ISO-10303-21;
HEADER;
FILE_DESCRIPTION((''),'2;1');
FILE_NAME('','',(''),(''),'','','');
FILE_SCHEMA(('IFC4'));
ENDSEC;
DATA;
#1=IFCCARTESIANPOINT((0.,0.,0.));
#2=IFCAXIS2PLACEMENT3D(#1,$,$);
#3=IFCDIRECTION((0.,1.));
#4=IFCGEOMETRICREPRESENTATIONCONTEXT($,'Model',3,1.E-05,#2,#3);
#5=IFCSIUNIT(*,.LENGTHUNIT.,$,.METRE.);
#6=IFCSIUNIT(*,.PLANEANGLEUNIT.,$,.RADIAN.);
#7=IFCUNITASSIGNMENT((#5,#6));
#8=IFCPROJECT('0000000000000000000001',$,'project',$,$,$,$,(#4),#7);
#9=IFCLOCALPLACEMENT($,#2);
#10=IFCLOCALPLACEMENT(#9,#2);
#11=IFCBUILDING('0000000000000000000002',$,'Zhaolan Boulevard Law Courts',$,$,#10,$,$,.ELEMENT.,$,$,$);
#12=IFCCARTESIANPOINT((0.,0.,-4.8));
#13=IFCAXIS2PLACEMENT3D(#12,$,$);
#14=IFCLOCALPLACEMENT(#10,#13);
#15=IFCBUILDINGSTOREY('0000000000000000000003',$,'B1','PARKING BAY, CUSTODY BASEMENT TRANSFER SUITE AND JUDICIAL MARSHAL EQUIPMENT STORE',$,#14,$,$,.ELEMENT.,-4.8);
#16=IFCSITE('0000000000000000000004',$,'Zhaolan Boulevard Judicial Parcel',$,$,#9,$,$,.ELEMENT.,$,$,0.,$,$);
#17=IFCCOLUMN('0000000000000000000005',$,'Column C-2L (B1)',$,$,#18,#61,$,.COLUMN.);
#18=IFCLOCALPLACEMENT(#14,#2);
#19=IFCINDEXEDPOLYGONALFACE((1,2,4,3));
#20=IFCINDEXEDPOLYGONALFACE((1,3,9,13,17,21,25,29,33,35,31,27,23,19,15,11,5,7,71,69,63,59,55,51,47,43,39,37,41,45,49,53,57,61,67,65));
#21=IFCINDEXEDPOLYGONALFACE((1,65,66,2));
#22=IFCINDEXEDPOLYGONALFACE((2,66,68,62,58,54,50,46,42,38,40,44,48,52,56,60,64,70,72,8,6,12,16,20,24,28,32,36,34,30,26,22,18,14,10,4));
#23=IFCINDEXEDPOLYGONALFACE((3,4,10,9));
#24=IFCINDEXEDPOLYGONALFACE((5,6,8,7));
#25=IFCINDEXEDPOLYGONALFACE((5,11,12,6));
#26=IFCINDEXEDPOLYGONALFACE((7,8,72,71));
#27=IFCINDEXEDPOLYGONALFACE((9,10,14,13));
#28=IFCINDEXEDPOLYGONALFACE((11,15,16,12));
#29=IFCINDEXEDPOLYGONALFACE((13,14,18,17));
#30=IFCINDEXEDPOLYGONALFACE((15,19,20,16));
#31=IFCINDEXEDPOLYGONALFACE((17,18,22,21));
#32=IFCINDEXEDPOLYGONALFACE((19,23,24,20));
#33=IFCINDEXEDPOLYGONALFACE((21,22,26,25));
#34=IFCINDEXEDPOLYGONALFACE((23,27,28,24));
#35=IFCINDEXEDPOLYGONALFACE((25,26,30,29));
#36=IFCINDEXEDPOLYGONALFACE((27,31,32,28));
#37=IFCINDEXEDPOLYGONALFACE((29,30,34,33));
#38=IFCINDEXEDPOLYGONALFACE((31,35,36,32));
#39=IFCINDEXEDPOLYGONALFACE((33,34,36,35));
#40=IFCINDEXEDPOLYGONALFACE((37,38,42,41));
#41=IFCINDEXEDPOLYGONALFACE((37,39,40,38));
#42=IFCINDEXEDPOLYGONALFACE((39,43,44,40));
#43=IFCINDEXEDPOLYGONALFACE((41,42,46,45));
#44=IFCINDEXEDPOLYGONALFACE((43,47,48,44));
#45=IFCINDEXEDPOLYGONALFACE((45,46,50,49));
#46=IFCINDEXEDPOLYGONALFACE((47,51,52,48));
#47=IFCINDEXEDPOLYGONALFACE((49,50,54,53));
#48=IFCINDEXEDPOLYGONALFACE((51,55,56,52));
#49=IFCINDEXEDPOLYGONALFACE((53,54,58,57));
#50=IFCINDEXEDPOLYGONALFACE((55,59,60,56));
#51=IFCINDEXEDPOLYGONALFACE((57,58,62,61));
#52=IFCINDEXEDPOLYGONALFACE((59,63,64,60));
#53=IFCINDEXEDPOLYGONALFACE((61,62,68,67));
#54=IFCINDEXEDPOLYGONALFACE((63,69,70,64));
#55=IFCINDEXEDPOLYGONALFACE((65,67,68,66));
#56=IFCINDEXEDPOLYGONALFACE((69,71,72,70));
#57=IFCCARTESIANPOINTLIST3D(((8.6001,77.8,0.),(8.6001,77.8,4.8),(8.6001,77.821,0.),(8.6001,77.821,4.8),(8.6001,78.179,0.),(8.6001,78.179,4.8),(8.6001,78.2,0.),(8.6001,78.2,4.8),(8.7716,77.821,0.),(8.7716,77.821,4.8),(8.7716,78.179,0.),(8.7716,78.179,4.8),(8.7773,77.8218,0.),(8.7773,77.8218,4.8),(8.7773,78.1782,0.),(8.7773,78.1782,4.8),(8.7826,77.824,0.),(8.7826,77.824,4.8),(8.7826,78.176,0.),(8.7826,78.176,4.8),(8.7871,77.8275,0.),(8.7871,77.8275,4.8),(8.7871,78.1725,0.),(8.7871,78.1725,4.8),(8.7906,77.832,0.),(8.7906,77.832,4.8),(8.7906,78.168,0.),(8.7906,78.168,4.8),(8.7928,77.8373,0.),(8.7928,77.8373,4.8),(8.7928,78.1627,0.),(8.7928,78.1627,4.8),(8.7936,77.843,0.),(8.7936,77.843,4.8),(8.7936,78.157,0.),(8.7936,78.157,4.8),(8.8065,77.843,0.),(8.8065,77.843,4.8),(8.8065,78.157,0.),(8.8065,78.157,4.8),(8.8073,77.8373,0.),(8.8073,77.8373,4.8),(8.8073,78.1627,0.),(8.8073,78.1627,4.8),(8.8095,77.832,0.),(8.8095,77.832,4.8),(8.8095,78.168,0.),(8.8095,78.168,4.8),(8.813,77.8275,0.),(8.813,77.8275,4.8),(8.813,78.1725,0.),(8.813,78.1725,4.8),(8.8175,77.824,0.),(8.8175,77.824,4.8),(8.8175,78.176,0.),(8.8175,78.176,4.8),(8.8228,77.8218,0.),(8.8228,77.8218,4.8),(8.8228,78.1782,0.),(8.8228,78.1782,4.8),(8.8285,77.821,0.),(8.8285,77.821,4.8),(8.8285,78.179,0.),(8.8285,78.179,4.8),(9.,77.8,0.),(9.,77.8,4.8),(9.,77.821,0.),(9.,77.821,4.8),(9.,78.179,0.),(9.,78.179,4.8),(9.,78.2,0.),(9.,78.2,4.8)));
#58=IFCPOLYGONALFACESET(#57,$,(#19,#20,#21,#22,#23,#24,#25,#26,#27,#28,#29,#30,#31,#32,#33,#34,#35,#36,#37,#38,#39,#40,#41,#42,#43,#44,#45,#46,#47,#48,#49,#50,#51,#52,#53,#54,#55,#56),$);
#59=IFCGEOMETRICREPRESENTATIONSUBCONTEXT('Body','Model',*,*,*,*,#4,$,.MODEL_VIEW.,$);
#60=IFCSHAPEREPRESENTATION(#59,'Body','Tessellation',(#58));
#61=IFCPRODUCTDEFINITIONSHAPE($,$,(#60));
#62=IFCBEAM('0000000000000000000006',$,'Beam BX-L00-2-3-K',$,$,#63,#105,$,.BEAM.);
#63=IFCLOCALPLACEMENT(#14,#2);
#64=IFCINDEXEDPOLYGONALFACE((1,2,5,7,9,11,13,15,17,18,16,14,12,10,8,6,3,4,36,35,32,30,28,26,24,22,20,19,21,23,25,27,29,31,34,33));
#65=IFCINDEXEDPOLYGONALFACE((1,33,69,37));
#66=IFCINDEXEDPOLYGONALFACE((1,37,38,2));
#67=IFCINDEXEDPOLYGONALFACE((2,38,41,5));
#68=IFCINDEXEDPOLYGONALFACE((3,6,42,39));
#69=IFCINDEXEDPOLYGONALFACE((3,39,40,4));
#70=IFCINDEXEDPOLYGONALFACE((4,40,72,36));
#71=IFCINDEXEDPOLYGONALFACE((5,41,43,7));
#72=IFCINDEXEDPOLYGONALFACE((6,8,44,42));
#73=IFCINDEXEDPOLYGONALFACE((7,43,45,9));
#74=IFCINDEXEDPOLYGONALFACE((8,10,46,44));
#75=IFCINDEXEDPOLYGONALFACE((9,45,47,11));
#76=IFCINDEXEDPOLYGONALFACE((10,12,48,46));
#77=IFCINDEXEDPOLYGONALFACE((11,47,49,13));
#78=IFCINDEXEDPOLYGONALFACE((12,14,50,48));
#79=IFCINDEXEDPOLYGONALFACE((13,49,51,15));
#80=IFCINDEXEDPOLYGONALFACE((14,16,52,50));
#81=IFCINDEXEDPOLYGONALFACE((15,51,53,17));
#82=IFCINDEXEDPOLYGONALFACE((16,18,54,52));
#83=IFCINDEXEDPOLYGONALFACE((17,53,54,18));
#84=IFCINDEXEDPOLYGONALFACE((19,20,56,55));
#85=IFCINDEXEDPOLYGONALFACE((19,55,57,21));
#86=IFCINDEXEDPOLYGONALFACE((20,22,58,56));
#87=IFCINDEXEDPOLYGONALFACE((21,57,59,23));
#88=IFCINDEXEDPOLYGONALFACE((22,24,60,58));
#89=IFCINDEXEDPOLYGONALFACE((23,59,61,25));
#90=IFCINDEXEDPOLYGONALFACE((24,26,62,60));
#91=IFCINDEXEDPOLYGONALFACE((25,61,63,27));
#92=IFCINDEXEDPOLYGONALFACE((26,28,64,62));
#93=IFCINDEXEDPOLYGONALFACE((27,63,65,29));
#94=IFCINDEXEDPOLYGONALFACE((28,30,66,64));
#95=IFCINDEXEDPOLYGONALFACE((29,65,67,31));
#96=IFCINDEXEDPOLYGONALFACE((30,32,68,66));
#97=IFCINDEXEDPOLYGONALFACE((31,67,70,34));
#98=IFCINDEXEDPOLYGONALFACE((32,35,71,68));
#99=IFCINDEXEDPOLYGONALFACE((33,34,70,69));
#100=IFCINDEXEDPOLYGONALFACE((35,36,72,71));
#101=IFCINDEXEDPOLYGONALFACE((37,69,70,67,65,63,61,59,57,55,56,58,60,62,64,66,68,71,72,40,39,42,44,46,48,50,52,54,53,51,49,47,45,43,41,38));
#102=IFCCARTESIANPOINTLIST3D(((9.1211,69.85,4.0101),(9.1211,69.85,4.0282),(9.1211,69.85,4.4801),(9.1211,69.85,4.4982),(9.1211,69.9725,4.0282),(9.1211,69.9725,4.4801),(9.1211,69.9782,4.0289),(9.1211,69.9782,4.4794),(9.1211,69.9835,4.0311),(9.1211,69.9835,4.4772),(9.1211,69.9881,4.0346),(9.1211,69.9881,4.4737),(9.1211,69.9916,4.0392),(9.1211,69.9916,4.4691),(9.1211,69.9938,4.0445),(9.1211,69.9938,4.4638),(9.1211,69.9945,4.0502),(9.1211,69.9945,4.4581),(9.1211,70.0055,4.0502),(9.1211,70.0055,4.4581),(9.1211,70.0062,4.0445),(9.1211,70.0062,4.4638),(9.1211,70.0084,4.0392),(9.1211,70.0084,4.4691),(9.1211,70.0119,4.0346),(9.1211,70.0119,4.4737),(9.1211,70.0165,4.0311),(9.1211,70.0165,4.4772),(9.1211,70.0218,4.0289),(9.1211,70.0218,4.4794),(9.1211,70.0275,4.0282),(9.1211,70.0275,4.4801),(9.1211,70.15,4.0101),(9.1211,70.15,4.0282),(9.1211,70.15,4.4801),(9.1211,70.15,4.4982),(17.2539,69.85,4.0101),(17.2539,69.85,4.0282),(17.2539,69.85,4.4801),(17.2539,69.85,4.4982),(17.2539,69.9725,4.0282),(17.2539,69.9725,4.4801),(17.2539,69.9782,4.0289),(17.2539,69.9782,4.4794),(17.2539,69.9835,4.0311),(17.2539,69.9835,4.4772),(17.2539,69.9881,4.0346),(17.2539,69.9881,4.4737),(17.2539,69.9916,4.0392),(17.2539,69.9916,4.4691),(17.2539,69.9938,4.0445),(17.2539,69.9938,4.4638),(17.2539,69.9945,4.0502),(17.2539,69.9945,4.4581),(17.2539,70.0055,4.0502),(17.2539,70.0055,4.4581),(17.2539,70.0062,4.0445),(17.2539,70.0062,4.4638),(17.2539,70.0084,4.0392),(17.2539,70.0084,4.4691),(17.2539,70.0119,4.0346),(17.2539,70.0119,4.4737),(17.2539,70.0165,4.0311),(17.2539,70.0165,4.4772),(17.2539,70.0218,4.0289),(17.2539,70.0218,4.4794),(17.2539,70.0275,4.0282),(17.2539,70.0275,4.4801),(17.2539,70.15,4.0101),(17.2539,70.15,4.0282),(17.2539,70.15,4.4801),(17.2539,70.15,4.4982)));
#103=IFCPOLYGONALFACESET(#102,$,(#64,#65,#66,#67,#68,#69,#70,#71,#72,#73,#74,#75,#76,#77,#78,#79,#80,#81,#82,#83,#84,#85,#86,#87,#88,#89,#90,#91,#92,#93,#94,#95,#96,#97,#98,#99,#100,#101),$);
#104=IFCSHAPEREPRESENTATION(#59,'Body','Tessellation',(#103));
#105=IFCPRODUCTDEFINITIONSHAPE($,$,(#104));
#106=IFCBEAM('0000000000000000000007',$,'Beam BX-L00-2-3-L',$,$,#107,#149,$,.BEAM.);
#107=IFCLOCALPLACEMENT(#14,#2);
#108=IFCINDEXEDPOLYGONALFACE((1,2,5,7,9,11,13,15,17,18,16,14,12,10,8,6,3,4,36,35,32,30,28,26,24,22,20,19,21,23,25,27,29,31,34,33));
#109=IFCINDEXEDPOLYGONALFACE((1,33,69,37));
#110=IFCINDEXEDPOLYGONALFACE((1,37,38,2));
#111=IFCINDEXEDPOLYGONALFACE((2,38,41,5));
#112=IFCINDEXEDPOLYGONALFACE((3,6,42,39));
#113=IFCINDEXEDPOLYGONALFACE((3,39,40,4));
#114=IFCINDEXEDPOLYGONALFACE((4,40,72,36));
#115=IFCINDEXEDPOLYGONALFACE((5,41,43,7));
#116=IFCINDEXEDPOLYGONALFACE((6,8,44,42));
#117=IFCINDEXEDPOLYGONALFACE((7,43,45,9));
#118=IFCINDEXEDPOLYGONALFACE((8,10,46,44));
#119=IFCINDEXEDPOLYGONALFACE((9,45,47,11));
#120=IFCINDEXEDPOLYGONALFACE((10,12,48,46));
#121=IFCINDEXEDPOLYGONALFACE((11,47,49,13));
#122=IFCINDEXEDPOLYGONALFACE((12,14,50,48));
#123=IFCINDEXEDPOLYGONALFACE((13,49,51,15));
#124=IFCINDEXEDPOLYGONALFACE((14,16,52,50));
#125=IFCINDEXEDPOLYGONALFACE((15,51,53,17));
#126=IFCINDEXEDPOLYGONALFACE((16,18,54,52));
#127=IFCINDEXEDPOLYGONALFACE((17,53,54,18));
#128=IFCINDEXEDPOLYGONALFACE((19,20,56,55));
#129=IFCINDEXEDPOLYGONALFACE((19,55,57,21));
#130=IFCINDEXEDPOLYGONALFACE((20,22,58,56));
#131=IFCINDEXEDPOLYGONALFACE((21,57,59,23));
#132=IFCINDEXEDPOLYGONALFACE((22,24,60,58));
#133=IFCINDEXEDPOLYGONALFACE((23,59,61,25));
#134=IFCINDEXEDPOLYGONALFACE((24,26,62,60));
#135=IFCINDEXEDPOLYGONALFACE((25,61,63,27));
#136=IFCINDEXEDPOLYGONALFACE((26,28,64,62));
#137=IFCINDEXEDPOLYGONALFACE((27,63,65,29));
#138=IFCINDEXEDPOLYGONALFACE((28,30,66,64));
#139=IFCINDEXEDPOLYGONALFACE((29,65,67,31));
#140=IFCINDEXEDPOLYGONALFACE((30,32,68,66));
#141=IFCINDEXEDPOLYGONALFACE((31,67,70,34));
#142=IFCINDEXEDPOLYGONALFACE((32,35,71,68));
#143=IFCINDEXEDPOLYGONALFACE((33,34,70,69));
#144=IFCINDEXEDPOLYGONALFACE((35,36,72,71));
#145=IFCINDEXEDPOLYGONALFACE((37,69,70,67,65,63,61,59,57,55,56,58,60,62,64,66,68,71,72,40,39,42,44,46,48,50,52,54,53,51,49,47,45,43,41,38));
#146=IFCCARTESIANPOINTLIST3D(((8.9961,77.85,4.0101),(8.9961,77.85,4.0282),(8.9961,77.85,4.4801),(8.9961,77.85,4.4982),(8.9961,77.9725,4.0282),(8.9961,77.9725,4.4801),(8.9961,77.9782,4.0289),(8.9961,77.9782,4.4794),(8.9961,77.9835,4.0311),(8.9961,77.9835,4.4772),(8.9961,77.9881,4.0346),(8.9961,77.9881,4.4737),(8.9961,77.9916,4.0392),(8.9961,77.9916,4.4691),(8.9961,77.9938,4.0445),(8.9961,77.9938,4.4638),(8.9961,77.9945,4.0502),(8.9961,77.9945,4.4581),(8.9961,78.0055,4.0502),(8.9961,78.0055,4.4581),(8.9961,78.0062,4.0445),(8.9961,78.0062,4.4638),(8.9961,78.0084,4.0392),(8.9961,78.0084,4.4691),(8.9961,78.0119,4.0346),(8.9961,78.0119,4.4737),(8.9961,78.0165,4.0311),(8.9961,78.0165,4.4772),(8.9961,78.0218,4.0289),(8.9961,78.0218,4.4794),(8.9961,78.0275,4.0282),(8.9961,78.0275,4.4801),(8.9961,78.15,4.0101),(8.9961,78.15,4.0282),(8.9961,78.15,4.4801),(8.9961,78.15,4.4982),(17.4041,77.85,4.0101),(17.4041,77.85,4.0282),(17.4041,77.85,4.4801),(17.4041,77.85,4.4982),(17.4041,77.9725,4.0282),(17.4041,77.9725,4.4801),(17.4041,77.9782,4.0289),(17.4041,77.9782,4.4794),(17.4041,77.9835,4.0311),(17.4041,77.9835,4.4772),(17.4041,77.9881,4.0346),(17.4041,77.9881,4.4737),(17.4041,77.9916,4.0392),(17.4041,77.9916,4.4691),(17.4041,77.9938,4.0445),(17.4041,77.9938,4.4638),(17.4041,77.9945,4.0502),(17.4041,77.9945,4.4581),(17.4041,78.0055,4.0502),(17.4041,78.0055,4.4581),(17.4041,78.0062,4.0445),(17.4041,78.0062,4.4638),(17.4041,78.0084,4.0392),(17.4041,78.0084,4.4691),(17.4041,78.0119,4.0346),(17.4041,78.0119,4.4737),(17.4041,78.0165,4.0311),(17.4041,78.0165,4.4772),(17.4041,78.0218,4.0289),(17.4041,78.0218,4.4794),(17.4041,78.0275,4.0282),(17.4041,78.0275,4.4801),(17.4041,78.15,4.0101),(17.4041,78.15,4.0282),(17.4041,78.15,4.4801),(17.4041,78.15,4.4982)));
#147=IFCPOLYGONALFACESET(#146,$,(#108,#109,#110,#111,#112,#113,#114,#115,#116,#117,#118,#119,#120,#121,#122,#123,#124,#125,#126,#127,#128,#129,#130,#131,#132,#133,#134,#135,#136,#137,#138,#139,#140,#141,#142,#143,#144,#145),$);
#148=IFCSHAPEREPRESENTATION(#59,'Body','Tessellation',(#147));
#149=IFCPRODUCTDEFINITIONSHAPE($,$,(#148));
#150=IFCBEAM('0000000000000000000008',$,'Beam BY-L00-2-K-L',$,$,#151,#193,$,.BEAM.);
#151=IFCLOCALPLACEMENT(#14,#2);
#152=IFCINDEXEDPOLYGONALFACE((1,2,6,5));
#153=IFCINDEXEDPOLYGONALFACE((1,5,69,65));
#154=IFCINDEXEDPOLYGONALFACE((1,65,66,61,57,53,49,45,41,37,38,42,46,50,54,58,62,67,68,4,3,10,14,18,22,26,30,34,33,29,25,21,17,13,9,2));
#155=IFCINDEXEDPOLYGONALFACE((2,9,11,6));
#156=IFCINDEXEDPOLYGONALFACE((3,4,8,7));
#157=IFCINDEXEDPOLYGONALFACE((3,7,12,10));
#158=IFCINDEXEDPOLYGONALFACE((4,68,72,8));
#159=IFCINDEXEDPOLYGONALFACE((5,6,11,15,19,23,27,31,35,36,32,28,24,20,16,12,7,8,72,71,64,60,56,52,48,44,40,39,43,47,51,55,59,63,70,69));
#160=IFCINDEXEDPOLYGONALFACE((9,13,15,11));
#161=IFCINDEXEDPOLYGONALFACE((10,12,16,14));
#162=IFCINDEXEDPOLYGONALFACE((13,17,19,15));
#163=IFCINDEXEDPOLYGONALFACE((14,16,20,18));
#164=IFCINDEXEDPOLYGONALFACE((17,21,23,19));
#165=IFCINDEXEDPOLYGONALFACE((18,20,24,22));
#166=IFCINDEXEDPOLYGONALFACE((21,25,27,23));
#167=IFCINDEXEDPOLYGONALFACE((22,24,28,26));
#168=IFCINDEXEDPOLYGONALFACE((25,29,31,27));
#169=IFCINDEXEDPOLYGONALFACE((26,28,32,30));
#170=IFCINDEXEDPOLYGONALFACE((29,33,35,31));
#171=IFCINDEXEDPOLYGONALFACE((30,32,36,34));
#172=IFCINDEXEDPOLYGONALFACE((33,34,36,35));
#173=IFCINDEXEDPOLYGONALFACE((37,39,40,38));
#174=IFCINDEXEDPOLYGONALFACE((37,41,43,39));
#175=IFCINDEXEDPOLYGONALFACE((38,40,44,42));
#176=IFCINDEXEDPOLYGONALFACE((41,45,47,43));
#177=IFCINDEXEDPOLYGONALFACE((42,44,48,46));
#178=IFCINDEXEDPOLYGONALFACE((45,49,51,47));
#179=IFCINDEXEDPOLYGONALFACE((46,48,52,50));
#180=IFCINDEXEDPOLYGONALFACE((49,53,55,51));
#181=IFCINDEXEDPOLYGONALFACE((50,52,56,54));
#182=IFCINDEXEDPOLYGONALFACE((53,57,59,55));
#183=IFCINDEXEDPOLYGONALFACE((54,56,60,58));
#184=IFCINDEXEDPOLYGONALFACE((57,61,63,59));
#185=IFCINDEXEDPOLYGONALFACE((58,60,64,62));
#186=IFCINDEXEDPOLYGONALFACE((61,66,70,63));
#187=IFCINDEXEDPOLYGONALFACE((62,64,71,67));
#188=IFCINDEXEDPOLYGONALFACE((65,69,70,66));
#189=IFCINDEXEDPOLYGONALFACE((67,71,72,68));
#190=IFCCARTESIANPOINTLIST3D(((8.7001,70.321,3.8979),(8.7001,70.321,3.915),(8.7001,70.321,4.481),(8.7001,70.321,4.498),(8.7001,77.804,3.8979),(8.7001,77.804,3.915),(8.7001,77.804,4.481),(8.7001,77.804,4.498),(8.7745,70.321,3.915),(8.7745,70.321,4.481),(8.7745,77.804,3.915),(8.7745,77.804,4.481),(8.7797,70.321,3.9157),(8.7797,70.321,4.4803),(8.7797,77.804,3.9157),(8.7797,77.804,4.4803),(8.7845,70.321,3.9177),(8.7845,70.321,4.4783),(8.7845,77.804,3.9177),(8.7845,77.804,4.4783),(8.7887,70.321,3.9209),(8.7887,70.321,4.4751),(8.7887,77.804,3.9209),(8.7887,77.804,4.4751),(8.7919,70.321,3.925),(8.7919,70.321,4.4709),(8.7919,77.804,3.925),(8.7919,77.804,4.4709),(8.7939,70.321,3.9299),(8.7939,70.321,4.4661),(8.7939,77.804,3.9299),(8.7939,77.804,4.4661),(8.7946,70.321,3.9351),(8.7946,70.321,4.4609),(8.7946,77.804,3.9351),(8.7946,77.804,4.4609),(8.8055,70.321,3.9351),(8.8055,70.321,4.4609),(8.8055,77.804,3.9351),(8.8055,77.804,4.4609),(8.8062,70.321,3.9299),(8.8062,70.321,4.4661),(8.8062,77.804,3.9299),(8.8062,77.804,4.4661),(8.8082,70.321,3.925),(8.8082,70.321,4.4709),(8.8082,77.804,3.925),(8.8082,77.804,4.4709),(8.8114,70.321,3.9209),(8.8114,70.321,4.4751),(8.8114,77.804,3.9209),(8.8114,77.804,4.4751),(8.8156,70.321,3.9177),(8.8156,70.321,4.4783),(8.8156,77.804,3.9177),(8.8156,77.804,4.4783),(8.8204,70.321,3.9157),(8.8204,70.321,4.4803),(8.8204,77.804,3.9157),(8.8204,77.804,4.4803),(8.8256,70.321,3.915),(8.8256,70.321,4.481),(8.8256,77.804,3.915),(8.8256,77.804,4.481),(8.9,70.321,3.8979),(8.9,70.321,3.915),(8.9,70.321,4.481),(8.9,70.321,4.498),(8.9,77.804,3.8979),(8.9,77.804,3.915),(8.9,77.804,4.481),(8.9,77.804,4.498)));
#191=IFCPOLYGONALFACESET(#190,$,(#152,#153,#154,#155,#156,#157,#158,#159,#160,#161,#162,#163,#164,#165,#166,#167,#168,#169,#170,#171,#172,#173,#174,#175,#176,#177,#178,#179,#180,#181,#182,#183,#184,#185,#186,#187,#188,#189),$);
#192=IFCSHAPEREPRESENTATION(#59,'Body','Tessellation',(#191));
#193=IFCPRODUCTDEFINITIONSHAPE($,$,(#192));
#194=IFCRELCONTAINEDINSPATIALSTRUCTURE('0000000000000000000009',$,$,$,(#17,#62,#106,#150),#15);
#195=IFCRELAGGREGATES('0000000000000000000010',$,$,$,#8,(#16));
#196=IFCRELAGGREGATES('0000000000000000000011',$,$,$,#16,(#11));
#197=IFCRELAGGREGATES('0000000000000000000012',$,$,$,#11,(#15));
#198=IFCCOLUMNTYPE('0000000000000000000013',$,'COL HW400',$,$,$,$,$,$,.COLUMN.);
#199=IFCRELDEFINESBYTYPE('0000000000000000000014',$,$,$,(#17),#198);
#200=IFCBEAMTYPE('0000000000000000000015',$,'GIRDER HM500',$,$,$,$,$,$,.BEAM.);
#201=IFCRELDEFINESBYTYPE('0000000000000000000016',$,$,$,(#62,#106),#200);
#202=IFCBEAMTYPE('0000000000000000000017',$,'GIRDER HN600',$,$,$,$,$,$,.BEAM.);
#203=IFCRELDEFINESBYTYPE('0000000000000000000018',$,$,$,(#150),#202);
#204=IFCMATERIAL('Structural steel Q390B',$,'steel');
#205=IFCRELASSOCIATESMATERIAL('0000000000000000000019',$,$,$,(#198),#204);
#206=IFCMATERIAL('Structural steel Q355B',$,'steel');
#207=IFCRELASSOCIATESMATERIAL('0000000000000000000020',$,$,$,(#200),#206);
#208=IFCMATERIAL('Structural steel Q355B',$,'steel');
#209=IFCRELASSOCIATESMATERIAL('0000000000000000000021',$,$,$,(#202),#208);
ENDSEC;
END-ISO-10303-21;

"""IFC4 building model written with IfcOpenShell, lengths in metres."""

from ifc_helpers import new_model, si_unit, direction, frame, origin, origin_2d, place, context, subcontext, project, spatial, i_section, extrude, material, material_profile, profile_set, type_object, element, save


model = new_model("IFC4")

# Units and contexts
model_context = context("Model", 3, precision=1e-05, world=origin(), true_north=direction((0.0, 1.0)))
body_context = subcontext(model_context, "Body", "Model", "MODEL_VIEW")
ifc_project = project(units=[si_unit("LENGTHUNIT", "METRE"), si_unit("PLANEANGLEUNIT", "RADIAN")], contexts=[model_context])

# Site, building, storey
site_placement = place(None, origin())
site = spatial("IfcSite", under=ifc_project, at=site_placement, Name="Zhaolan Boulevard Judicial Parcel", CompositionType="ELEMENT", RefElevation=0.0)
building_placement = place(site_placement, origin())
building = spatial("IfcBuilding", under=site, at=building_placement, Name="Zhaolan Boulevard Law Courts", CompositionType="ELEMENT")
storey_placement = place(building_placement, frame((0.0, 0.0, -4.8)))
storey = spatial("IfcBuildingStorey", under=building, at=storey_placement, Name="B1", Description="PARKING BAY, CUSTODY BASEMENT TRANSFER SUITE AND JUDICIAL MARSHAL EQUIPMENT STORE", CompositionType="ELEMENT", Elevation=-4.8)

# Column
ifc_material_1 = material(Name="Structural steel Q390B", Category="steel")
ifc_material_profile_1 = material_profile(ifc_material_1, i_section(OverallWidth=0.3999, OverallDepth=0.3999, WebThickness=0.0129, FlangeThickness=0.021, FilletRadius=0.022, at=origin_2d()), Name="HW400x400")
ifc_profile_set_1 = profile_set([ifc_material_profile_1], Name="Structural steel Q390B")
column_type_1 = type_object("IfcColumnType", Name="COL HW400", PredefinedType="COLUMN", material=ifc_profile_set_1)
column_1_placement = place(storey_placement, frame((8.8, 78.0, 0.0), z_axis=(0.0, 0.0, 1.0), x_axis=(1.0, 0.0, 0.0)))
element("IfcColumn", 1, at=column_1_placement, inside=storey, type_object=column_type_1, Name="Column C-2L (B1)", PredefinedType="COLUMN", context=body_context, shape_type="SweptSolid", body=[
    extrude(i_section(OverallWidth=0.3999, OverallDepth=0.3999, WebThickness=0.0129, FlangeThickness=0.021, FilletRadius=0.022, at=origin_2d()), origin(), (0.0, 0.0, 1.0), 4.8),
])

# Beams
ifc_material_2 = material(Name="Structural steel Q355B", Category="steel")
ifc_material_profile_2 = material_profile(ifc_material_2, i_section(OverallWidth=0.3, OverallDepth=0.488, WebThickness=0.011, FlangeThickness=0.0181, FilletRadius=0.022, at=origin_2d()), Name="HM488x300")
ifc_profile_set_2 = profile_set([ifc_material_profile_2], Name="Structural steel Q355B")
beam_type_1 = type_object("IfcBeamType", Name="GIRDER HM500", PredefinedType="BEAM", material=ifc_profile_set_2)
beam_1_placement = place(storey_placement, frame((9.1211, 70.0, 4.2542), z_axis=(1.0, 0.0, 0.0), x_axis=(0.0, 1.0, 0.0)))
element("IfcBeam", 2, at=beam_1_placement, inside=storey, type_object=beam_type_1, Name="Beam BX-L00-2-3-K", PredefinedType="BEAM", context=body_context, shape_type="SweptSolid", body=[
    extrude(i_section(OverallWidth=0.3, OverallDepth=0.488, WebThickness=0.011, FlangeThickness=0.0181, FilletRadius=0.022, at=origin_2d()), origin(), (0.0, 0.0, 1.0), 8.1328),
])
beam_2_placement = place(storey_placement, frame((8.9961, 78.0, 4.2542), z_axis=(1.0, 0.0, 0.0), x_axis=(0.0, 1.0, 0.0)))
element("IfcBeam", 3, at=beam_2_placement, inside=storey, type_object=beam_type_1, Name="Beam BX-L00-2-3-L", PredefinedType="BEAM", context=body_context, shape_type="SweptSolid", body=[
    extrude(i_section(OverallWidth=0.3, OverallDepth=0.488, WebThickness=0.011, FlangeThickness=0.0181, FilletRadius=0.022, at=origin_2d()), origin(), (0.0, 0.0, 1.0), 8.408),
])
ifc_material_3 = material(Name="Structural steel Q355B", Category="steel")
ifc_material_profile_3 = material_profile(ifc_material_3, i_section(OverallWidth=0.2, OverallDepth=0.6001, WebThickness=0.011, FlangeThickness=0.0171, FilletRadius=0.02, at=origin_2d()), Name="HN600x200")
ifc_profile_set_3 = profile_set([ifc_material_profile_3], Name="Structural steel Q355B")
beam_type_2 = type_object("IfcBeamType", Name="GIRDER HN600", PredefinedType="BEAM", material=ifc_profile_set_3)
beam_3_placement = place(storey_placement, frame((8.8, 70.321, 4.198), z_axis=(0.0, 1.0, 0.0), x_axis=(-1.0, 0.0, 0.0)))
element("IfcBeam", 4, at=beam_3_placement, inside=storey, type_object=beam_type_2, Name="Beam BY-L00-2-K-L", PredefinedType="BEAM", context=body_context, shape_type="SweptSolid", body=[
    extrude(i_section(OverallWidth=0.2, OverallDepth=0.6001, WebThickness=0.011, FlangeThickness=0.0171, FilletRadius=0.02, at=origin_2d()), origin(), (0.0, 0.0, 1.0), 7.4829),
])

save(model, "model.ifc")
